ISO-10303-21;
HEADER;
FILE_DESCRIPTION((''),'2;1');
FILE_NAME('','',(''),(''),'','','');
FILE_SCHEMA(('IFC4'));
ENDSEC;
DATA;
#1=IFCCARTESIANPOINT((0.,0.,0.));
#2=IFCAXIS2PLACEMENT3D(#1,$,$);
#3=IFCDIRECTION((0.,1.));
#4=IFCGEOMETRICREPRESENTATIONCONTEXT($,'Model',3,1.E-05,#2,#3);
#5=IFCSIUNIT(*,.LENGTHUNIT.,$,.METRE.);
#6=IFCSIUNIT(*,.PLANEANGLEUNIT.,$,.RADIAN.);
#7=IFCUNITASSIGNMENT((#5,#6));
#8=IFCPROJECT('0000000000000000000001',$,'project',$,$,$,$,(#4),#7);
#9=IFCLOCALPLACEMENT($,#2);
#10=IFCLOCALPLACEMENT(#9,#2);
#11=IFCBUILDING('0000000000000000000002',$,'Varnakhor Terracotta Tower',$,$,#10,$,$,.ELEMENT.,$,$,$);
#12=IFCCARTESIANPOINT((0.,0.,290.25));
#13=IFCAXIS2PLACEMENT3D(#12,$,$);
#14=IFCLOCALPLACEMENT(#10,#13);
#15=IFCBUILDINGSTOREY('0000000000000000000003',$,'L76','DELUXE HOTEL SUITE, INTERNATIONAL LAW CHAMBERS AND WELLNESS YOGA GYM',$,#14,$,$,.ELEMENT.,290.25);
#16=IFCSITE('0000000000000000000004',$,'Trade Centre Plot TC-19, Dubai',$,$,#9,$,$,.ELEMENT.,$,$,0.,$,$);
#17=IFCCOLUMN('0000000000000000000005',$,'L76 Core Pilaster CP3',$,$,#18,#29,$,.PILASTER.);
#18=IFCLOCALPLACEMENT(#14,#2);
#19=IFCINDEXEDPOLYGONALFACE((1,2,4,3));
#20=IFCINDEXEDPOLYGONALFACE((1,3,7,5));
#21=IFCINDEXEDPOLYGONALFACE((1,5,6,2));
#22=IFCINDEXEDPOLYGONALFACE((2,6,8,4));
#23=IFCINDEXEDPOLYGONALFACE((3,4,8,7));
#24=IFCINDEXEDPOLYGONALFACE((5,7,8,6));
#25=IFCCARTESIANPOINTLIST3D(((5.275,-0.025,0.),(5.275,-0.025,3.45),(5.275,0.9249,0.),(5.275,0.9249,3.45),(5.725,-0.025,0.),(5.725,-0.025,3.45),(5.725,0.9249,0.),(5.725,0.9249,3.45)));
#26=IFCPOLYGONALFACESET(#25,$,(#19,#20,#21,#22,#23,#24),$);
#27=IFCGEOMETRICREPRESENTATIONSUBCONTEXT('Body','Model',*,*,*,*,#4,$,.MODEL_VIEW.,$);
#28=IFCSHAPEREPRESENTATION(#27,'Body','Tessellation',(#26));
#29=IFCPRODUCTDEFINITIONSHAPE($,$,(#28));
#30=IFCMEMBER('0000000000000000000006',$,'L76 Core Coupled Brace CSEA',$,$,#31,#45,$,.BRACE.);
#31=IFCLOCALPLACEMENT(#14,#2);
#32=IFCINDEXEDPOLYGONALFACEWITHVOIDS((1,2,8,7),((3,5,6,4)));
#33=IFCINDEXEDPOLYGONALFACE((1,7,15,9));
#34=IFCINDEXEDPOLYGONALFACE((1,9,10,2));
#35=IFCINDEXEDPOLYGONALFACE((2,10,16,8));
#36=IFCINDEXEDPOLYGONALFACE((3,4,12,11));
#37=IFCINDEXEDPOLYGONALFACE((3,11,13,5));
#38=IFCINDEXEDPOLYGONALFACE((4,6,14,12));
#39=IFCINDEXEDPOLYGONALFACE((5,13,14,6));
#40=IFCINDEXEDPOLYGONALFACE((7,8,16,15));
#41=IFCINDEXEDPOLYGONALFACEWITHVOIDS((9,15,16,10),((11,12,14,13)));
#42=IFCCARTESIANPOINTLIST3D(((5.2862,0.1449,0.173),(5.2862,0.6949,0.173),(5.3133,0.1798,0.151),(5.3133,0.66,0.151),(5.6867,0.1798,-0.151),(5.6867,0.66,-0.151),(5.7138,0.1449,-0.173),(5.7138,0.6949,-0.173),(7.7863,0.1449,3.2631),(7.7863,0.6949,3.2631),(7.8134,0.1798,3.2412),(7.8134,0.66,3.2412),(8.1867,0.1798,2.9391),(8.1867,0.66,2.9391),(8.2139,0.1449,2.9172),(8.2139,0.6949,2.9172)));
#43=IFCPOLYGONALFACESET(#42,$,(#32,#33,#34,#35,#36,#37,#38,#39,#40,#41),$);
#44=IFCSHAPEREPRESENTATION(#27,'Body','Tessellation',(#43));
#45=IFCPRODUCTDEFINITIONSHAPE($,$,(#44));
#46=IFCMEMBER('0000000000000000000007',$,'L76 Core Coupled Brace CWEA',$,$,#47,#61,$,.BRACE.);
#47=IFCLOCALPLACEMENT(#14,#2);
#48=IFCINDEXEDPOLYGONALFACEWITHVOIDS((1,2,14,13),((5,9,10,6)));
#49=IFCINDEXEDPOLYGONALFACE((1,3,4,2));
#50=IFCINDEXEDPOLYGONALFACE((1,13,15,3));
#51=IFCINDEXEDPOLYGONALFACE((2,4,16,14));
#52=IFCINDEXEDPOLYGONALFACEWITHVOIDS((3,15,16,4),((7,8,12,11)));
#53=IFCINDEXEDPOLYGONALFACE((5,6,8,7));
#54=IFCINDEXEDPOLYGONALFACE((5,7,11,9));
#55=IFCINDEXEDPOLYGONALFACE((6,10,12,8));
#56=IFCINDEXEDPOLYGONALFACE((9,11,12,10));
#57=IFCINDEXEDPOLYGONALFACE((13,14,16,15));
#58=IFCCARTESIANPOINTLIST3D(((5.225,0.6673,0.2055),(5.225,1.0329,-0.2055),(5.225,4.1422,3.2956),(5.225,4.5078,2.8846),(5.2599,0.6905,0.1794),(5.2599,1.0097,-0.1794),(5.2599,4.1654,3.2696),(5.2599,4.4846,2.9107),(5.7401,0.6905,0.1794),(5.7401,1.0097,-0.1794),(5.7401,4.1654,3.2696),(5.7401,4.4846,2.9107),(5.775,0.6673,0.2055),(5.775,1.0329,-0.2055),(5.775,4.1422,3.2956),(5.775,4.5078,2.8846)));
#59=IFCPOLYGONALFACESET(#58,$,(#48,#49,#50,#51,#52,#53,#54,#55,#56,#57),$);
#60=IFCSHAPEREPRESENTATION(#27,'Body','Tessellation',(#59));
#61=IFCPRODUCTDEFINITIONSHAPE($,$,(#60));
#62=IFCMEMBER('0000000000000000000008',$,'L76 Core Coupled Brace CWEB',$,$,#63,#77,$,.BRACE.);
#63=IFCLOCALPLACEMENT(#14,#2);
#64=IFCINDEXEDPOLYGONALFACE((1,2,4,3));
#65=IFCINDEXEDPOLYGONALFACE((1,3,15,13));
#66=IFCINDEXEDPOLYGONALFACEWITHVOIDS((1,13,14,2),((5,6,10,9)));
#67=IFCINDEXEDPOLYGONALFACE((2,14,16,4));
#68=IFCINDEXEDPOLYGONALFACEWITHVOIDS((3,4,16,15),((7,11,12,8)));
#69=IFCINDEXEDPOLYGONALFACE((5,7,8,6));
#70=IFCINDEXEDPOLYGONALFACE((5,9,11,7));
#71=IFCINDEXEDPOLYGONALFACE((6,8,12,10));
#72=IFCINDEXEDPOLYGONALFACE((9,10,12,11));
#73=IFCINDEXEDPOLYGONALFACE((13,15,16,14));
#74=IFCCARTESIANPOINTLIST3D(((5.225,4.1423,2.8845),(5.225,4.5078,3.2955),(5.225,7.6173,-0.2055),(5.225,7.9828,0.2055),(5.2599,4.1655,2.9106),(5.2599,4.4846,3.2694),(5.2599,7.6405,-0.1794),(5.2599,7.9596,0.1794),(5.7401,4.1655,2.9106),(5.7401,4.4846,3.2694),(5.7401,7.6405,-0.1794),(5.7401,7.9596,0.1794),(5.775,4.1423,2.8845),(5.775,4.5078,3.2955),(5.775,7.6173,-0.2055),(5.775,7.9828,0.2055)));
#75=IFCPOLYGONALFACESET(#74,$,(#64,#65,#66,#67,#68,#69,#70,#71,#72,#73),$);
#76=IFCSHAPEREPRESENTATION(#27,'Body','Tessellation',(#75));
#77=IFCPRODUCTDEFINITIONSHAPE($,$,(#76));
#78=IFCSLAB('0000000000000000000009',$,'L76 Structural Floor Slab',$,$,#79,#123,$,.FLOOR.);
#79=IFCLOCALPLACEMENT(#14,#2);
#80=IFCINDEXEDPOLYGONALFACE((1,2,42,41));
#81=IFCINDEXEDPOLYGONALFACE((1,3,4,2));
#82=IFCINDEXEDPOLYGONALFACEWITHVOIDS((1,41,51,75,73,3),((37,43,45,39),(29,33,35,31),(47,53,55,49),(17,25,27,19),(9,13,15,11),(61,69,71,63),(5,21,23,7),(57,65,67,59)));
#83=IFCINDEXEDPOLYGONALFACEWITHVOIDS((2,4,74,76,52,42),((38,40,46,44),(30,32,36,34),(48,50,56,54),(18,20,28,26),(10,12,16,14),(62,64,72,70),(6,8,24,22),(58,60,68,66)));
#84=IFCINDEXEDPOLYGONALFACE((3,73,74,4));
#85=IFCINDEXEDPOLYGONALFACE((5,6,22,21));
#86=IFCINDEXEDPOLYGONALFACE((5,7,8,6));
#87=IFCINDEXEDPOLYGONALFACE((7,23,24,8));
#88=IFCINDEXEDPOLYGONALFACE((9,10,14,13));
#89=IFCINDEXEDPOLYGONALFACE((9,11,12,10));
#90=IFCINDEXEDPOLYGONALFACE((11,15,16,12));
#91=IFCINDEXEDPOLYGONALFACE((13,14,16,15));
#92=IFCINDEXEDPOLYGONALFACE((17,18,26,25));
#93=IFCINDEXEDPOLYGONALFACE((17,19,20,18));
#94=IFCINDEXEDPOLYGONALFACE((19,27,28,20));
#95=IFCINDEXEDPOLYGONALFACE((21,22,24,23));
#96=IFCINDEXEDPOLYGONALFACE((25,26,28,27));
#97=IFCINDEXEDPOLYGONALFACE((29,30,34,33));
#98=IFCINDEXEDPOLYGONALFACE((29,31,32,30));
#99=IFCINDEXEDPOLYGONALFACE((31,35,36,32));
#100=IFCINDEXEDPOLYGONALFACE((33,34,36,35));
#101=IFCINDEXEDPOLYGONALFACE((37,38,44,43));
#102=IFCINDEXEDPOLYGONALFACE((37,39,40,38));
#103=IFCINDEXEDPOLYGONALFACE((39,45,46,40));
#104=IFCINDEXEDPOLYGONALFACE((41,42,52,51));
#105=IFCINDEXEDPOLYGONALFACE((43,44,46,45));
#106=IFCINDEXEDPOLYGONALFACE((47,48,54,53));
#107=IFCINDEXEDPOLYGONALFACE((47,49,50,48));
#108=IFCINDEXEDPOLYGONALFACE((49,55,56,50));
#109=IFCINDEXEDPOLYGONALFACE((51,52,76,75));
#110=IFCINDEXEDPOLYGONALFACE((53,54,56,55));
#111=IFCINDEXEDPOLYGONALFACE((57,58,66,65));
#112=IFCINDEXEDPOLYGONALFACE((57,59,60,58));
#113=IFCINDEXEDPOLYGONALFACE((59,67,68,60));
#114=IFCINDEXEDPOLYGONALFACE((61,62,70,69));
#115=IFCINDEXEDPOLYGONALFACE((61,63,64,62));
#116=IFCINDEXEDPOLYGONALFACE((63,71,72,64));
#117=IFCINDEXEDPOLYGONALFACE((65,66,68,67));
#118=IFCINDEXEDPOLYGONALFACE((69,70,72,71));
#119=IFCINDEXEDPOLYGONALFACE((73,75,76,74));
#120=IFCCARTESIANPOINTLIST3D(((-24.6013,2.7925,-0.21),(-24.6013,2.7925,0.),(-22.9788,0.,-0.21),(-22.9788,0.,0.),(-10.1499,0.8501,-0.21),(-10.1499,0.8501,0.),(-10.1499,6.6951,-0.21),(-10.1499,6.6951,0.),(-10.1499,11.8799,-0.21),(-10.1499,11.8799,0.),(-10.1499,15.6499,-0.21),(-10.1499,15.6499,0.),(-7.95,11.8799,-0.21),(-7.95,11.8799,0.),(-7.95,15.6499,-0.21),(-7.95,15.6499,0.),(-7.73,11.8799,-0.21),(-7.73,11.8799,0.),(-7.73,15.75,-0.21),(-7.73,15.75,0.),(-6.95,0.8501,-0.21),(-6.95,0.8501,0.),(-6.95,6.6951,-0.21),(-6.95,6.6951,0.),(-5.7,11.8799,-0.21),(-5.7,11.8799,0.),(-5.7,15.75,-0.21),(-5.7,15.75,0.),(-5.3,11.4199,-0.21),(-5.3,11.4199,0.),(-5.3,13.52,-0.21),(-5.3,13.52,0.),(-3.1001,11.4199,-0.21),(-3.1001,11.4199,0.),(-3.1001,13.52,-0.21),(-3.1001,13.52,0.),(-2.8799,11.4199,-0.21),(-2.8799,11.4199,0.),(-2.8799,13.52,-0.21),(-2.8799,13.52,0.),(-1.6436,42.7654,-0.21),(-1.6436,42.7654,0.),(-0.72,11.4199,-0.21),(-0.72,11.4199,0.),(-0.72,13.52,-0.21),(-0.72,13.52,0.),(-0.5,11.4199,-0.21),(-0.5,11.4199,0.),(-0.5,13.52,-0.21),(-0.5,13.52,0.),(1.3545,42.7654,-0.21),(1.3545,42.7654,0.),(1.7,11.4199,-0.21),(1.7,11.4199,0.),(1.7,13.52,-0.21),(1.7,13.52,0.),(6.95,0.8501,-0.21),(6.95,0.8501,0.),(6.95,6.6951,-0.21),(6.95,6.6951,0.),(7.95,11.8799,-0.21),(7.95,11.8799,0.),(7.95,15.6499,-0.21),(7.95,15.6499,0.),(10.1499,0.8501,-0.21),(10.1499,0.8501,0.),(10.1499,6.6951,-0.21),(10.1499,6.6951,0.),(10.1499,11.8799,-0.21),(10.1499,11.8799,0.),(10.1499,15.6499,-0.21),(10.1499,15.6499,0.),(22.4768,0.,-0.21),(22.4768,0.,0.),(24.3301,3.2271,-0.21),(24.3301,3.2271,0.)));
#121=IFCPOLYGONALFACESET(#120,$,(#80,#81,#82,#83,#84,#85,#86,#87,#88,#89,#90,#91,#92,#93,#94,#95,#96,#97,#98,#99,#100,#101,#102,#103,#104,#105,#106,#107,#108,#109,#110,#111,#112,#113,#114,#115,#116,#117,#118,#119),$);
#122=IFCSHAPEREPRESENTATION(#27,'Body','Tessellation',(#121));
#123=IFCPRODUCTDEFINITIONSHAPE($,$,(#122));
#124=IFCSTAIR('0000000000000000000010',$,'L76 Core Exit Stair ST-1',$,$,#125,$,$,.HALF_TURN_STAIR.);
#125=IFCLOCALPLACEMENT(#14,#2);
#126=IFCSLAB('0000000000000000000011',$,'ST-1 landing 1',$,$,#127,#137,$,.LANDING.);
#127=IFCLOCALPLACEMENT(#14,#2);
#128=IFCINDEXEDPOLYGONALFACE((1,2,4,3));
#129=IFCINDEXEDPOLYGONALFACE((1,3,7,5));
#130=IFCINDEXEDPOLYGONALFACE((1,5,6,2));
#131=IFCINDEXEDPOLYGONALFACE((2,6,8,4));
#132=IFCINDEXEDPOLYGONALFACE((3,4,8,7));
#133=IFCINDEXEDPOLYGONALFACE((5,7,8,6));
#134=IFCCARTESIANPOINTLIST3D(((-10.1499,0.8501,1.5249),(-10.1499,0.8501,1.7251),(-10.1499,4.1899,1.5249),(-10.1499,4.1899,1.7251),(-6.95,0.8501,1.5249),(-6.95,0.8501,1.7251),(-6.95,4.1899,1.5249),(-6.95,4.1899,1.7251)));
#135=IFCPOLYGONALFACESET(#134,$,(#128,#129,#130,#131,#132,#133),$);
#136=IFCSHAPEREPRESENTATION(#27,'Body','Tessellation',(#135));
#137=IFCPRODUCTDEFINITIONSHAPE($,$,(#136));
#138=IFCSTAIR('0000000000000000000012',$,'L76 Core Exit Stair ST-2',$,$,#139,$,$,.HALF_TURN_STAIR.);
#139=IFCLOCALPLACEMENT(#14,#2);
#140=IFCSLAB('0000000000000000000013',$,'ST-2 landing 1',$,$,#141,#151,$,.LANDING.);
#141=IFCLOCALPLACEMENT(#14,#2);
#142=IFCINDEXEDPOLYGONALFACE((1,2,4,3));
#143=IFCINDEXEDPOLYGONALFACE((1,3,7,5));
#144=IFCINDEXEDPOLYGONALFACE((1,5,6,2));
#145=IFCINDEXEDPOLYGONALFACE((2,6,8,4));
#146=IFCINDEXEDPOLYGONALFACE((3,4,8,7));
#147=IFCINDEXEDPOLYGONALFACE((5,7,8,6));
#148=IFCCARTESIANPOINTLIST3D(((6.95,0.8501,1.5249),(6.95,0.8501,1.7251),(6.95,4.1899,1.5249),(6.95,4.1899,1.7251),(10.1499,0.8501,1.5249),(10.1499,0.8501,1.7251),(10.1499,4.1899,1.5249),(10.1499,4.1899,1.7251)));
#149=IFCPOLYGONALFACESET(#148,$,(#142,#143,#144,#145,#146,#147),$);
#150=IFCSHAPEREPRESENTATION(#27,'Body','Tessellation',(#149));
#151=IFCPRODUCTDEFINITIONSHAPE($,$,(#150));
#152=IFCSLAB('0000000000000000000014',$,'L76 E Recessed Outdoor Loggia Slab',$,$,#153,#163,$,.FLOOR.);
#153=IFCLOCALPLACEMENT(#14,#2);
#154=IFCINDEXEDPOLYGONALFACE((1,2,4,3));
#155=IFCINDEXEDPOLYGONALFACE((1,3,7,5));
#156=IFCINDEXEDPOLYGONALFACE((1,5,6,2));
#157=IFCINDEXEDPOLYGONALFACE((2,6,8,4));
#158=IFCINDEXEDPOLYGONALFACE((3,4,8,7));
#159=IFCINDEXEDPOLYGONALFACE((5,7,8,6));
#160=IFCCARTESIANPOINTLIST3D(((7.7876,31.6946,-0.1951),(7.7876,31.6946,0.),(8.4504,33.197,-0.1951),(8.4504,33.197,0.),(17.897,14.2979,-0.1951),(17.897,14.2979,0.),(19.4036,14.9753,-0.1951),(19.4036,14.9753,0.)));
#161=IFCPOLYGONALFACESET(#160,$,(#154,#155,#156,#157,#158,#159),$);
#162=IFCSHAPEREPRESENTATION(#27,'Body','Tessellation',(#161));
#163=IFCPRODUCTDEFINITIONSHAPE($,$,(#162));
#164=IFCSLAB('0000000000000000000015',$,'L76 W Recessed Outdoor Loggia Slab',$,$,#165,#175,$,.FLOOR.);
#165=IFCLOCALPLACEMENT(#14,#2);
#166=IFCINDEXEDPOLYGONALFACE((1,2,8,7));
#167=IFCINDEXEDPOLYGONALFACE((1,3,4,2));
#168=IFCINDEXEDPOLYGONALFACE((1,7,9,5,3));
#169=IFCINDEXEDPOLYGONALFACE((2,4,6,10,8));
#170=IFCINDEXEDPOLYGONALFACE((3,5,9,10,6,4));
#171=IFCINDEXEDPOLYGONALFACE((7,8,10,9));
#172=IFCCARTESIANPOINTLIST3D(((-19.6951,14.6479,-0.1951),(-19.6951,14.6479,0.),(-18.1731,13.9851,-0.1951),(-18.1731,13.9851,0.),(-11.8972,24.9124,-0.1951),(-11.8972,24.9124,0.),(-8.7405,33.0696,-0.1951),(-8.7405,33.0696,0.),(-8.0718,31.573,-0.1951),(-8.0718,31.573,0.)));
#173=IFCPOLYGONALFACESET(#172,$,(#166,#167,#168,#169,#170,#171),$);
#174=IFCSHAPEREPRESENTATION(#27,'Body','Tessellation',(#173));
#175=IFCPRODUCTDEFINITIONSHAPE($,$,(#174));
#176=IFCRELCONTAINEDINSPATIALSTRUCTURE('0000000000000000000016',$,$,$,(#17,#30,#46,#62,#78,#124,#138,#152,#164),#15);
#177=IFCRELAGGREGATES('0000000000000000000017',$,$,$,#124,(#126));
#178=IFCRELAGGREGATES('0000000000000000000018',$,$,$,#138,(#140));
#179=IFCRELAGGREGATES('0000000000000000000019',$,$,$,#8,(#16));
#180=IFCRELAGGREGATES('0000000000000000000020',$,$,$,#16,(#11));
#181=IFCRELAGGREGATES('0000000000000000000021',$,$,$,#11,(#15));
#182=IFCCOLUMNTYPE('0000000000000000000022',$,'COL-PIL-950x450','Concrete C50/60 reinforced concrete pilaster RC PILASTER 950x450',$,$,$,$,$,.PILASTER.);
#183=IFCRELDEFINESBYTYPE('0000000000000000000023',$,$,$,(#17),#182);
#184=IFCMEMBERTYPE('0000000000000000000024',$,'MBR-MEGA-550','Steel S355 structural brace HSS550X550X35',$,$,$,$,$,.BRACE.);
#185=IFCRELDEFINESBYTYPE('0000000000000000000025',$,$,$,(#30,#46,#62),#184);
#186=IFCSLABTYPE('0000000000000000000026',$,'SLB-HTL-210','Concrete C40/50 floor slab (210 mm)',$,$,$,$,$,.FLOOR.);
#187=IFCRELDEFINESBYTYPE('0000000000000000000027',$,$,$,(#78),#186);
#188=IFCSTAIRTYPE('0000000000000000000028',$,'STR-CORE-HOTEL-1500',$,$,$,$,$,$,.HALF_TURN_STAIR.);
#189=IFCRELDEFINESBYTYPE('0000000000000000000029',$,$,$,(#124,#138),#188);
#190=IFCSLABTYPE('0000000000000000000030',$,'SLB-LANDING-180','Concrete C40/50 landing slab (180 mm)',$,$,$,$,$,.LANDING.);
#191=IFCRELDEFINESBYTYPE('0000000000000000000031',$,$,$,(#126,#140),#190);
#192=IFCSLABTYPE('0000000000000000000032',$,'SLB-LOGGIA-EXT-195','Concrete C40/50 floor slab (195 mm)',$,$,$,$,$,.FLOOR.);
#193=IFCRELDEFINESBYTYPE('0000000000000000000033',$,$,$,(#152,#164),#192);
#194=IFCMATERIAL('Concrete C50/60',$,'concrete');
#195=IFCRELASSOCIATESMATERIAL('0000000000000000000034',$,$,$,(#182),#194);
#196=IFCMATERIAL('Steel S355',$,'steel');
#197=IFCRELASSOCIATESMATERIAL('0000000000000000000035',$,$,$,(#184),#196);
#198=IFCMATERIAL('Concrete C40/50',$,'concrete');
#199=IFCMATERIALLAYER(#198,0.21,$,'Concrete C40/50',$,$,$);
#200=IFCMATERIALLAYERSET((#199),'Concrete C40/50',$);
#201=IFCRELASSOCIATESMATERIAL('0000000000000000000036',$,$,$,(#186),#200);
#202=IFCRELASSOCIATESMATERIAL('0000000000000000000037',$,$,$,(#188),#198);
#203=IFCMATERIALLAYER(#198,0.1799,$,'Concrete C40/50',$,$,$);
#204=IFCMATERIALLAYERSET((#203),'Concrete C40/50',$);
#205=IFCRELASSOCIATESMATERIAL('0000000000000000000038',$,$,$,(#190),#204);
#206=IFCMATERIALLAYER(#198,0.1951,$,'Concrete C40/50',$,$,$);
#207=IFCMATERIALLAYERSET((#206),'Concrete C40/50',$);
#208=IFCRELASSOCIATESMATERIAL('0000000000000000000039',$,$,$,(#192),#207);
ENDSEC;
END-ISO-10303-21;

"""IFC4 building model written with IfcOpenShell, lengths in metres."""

from ifc_helpers import new_model, si_unit, direction, frame, origin, origin_2d, place, context, subcontext, project, spatial, polyline, rectangle, hollow_rectangle, outline, extrude, source, transform, mapped, material, layer, layer_set, material_profile, profile_set, type_object, element, aggregate, save


model = new_model("IFC4")

# Units and contexts
model_context = context("Model", 3, precision=1e-05, world=origin(), true_north=direction((0.0, 1.0)))
body_context = subcontext(model_context, "Body", "Model", "MODEL_VIEW")
ifc_project = project(units=[si_unit("LENGTHUNIT", "METRE"), si_unit("PLANEANGLEUNIT", "RADIAN")], contexts=[model_context])

# Site, building, storey
site_placement = place(None, origin())
site = spatial("IfcSite", under=ifc_project, at=site_placement, Name="Trade Centre Plot TC-19, Dubai", CompositionType="ELEMENT", RefElevation=0.0)
building_placement = place(site_placement, origin())
building = spatial("IfcBuilding", under=site, at=building_placement, Name="Varnakhor Terracotta Tower", CompositionType="ELEMENT")
storey_placement = place(building_placement, frame((0.0, 0.0, 290.25)))
storey = spatial("IfcBuildingStorey", under=building, at=storey_placement, Name="L76", Description="DELUXE HOTEL SUITE, INTERNATIONAL LAW CHAMBERS AND WELLNESS YOGA GYM", CompositionType="ELEMENT", Elevation=290.25)

# Column
ifc_material_1 = material(Name="Concrete C50/60", Category="concrete")
ifc_material_profile_1 = material_profile(ifc_material_1, rectangle(XDim=0.45, YDim=0.95, at=origin_2d()), Name="RC PILASTER 950x450")
ifc_profile_set_1 = profile_set([ifc_material_profile_1], Name="Concrete C50/60")
column_type = type_object("IfcColumnType", Name="COL-PIL-950x450", Description="Concrete C50/60 reinforced concrete pilaster RC PILASTER 950x450", PredefinedType="PILASTER", material=ifc_profile_set_1)
shared_shape_1 = source(origin(), body_context, "Body", "SweptSolid", [
    extrude(rectangle(XDim=0.45, YDim=0.95, at=origin_2d()), origin(), (0.0, 0.0, 1.0), 3.45),
])
column_placement = place(storey_placement, frame((5.5, 0.45, 0.0), z_axis=(0.0, 0.0, 1.0), x_axis=(1.0, 0.0, 0.0)))
element("IfcColumn", 1, at=column_placement, inside=storey, type_object=column_type, Name="L76 Core Pilaster CP3", PredefinedType="PILASTER", context=body_context, shape_type="MappedRepresentation", body=[
    mapped(shared_shape_1, transform((0.0, 0.0, 0.0), scale=1.0)),
])

# Members
ifc_material_2 = material(Name="Steel S355", Category="steel")
ifc_material_profile_2 = material_profile(ifc_material_2, hollow_rectangle(XDim=0.55, YDim=0.55, WallThickness=0.0349, at=origin_2d()), Name="HSS550X550X35")
ifc_profile_set_2 = profile_set([ifc_material_profile_2], Name="Steel S355")
member_type = type_object("IfcMemberType", Name="MBR-MEGA-550", Description="Steel S355 structural brace HSS550X550X35", PredefinedType="BRACE", material=ifc_profile_set_2)
shared_shape_2 = source(origin(), body_context, "Body", "SweptSolid", [
    extrude(hollow_rectangle(XDim=0.55, YDim=0.55, WallThickness=0.0349, at=origin_2d()), origin(), (0.0, 0.0, 1.0), 3.9749),
])
member_placement = place(storey_placement, frame((5.5, 0.4199, 0.0), z_axis=(0.62897, 0.0, 0.777429), x_axis=(0.0, 1.0, 0.0)))
element("IfcMember", 2, at=member_placement, inside=storey, type_object=member_type, Name="L76 Core Coupled Brace CSEA", PredefinedType="BRACE", context=body_context, shape_type="MappedRepresentation", body=[
    mapped(shared_shape_2, transform((0.0, 0.0, 0.0), scale=1.0)),
])
shared_shape_3 = source(origin(), body_context, "Body", "SweptSolid", [
    extrude(hollow_rectangle(XDim=0.55, YDim=0.55, WallThickness=0.0349, at=origin_2d()), origin(), (0.0, 0.0, 1.0), 4.6501),
])
for number, where, z_axis, x_axis, name in (
    (3, (5.5, 0.8501, 0.0), (0.0, 0.747267, 0.664524), (-1.0, 0.0, 0.0), "L76 Core Coupled Brace CWEA"),
    (4, (5.5, 7.8, 0.0), (0.0, -0.747291, 0.664497), (1.0, 0.0, 0.0), "L76 Core Coupled Brace CWEB"),
):
    element("IfcMember", number, at=place(storey_placement, frame(where, z_axis=z_axis, x_axis=x_axis)), inside=storey, type_object=member_type, Name=name, PredefinedType="BRACE", context=body_context, shape_type="MappedRepresentation", body=[
        mapped(shared_shape_3, transform((0.0, 0.0, 0.0), scale=1.0)),
    ])

# Slab
ifc_material_3 = material(Name="Concrete C40/50", Category="concrete")
ifc_layer_1 = layer(ifc_material_3, 0.21, Name="Concrete C40/50")
ifc_layer_set_1 = layer_set([ifc_layer_1], Name="Concrete C40/50")
slab_type_1 = type_object("IfcSlabType", Name="SLB-HTL-210", Description="Concrete C40/50 floor slab (210 mm)", PredefinedType="FLOOR", material=ifc_layer_set_1)
slab_1_placement = place(storey_placement, frame((0.0, 0.0, -0.21)))
element("IfcSlab", 5, at=slab_1_placement, inside=storey, type_object=slab_type_1, Name="L76 Structural Floor Slab", PredefinedType="FLOOR", context=body_context, shape_type="SweptSolid", body=[
    extrude(outline(polyline([(-24.6013, 2.7925), (-1.6436, 42.7654), (1.3545, 42.7654), (24.3301, 3.2271), (22.4768, 0.0), (-22.9788, 0.0), (-24.6013, 2.7925)]), holes=[polyline([(-6.95, 0.8501), (-6.95, 6.6951), (-10.1499, 6.6951), (-10.1499, 0.8501), (-6.95, 0.8501)]), polyline([(10.1499, 0.8501), (10.1499, 6.6951), (6.95, 6.6951), (6.95, 0.8501), (10.1499, 0.8501)]), polyline([(-3.1001, 11.4199), (-3.1001, 13.52), (-5.3, 13.52), (-5.3, 11.4199), (-3.1001, 11.4199)]), polyline([(-0.72, 11.4199), (-0.72, 13.52), (-2.8799, 13.52), (-2.8799, 11.4199), (-0.72, 11.4199)]), polyline([(1.7, 11.4199), (1.7, 13.52), (-0.5, 13.52), (-0.5, 11.4199), (1.7, 11.4199)]), polyline([(-7.95, 11.8799), (-7.95, 15.6499), (-10.1499, 15.6499), (-10.1499, 11.8799), (-7.95, 11.8799)]), polyline([(10.1499, 11.8799), (10.1499, 15.6499), (7.95, 15.6499), (7.95, 11.8799), (10.1499, 11.8799)]), polyline([(-5.7, 11.8799), (-5.7, 15.75), (-7.73, 15.75), (-7.73, 11.8799), (-5.7, 11.8799)])]), origin(), (0.0, 0.0, 1.0), 0.21),
])

# Stairs, slabs
stair_type = type_object("IfcStairType", Name="STR-CORE-HOTEL-1500", PredefinedType="HALF_TURN_STAIR", material=ifc_material_3)
stair_1_placement = place(storey_placement, origin())
stair_1 = element("IfcStair", 6, at=stair_1_placement, inside=storey, type_object=stair_type, Name="L76 Core Exit Stair ST-1", PredefinedType="HALF_TURN_STAIR")
ifc_layer_2 = layer(ifc_material_3, 0.1799, Name="Concrete C40/50")
ifc_layer_set_2 = layer_set([ifc_layer_2], Name="Concrete C40/50")
slab_type_2 = type_object("IfcSlabType", Name="SLB-LANDING-180", Description="Concrete C40/50 landing slab (180 mm)", PredefinedType="LANDING", material=ifc_layer_set_2)
slab_2_placement = place(storey_placement, frame((0.0, 0.0, 1.5249)))
slab_2 = element("IfcSlab", 7, at=slab_2_placement, type_object=slab_type_2, Name="ST-1 landing 1", PredefinedType="LANDING", context=body_context, shape_type="SweptSolid", body=[
    extrude(outline(polyline([(-10.1499, 4.1899), (-10.1499, 0.8501), (-6.95, 0.8501), (-6.95, 4.1899), (-10.1499, 4.1899)])), origin(), (0.0, 0.0, 1.0), 0.2002),
])
aggregate(stair_1, [slab_2])
stair_2_placement = place(storey_placement, origin())
stair_2 = element("IfcStair", 8, at=stair_2_placement, inside=storey, type_object=stair_type, Name="L76 Core Exit Stair ST-2", PredefinedType="HALF_TURN_STAIR")
slab_3_placement = place(storey_placement, frame((0.0, 0.0, 1.5249)))
slab_3 = element("IfcSlab", 9, at=slab_3_placement, type_object=slab_type_2, Name="ST-2 landing 1", PredefinedType="LANDING", context=body_context, shape_type="SweptSolid", body=[
    extrude(outline(polyline([(6.95, 4.1899), (6.95, 0.8501), (10.1499, 0.8501), (10.1499, 4.1899), (6.95, 4.1899)])), origin(), (0.0, 0.0, 1.0), 0.2002),
])

# Slabs
ifc_layer_3 = layer(ifc_material_3, 0.1951, Name="Concrete C40/50")
ifc_layer_set_3 = layer_set([ifc_layer_3], Name="Concrete C40/50")
slab_type_3 = type_object("IfcSlabType", Name="SLB-LOGGIA-EXT-195", Description="Concrete C40/50 floor slab (195 mm)", PredefinedType="FLOOR", material=ifc_layer_set_3)
slab_4_placement = place(storey_placement, frame((0.0, 0.0, -0.1951)))
element("IfcSlab", 10, at=slab_4_placement, inside=storey, type_object=slab_type_3, Name="L76 E Recessed Outdoor Loggia Slab", PredefinedType="FLOOR", context=body_context, shape_type="SweptSolid", body=[
    extrude(outline(polyline([(8.4504, 33.197), (19.4036, 14.9753), (17.897, 14.2979), (7.7876, 31.6946), (8.4504, 33.197)])), origin(), (0.0, 0.0, 1.0), 0.1951),
])
slab_5_placement = place(storey_placement, frame((0.0, 0.0, -0.1951)))
element("IfcSlab", 11, at=slab_5_placement, inside=storey, type_object=slab_type_3, Name="L76 W Recessed Outdoor Loggia Slab", PredefinedType="FLOOR", context=body_context, shape_type="SweptSolid", body=[
    extrude(outline(polyline([(-19.6951, 14.6479), (-8.7405, 33.0696), (-8.0718, 31.573), (-11.8972, 24.9124), (-18.1731, 13.9851), (-19.6951, 14.6479)])), origin(), (0.0, 0.0, 1.0), 0.1951),
])

aggregate(stair_2, [slab_3])

save(model, "model.ifc")
